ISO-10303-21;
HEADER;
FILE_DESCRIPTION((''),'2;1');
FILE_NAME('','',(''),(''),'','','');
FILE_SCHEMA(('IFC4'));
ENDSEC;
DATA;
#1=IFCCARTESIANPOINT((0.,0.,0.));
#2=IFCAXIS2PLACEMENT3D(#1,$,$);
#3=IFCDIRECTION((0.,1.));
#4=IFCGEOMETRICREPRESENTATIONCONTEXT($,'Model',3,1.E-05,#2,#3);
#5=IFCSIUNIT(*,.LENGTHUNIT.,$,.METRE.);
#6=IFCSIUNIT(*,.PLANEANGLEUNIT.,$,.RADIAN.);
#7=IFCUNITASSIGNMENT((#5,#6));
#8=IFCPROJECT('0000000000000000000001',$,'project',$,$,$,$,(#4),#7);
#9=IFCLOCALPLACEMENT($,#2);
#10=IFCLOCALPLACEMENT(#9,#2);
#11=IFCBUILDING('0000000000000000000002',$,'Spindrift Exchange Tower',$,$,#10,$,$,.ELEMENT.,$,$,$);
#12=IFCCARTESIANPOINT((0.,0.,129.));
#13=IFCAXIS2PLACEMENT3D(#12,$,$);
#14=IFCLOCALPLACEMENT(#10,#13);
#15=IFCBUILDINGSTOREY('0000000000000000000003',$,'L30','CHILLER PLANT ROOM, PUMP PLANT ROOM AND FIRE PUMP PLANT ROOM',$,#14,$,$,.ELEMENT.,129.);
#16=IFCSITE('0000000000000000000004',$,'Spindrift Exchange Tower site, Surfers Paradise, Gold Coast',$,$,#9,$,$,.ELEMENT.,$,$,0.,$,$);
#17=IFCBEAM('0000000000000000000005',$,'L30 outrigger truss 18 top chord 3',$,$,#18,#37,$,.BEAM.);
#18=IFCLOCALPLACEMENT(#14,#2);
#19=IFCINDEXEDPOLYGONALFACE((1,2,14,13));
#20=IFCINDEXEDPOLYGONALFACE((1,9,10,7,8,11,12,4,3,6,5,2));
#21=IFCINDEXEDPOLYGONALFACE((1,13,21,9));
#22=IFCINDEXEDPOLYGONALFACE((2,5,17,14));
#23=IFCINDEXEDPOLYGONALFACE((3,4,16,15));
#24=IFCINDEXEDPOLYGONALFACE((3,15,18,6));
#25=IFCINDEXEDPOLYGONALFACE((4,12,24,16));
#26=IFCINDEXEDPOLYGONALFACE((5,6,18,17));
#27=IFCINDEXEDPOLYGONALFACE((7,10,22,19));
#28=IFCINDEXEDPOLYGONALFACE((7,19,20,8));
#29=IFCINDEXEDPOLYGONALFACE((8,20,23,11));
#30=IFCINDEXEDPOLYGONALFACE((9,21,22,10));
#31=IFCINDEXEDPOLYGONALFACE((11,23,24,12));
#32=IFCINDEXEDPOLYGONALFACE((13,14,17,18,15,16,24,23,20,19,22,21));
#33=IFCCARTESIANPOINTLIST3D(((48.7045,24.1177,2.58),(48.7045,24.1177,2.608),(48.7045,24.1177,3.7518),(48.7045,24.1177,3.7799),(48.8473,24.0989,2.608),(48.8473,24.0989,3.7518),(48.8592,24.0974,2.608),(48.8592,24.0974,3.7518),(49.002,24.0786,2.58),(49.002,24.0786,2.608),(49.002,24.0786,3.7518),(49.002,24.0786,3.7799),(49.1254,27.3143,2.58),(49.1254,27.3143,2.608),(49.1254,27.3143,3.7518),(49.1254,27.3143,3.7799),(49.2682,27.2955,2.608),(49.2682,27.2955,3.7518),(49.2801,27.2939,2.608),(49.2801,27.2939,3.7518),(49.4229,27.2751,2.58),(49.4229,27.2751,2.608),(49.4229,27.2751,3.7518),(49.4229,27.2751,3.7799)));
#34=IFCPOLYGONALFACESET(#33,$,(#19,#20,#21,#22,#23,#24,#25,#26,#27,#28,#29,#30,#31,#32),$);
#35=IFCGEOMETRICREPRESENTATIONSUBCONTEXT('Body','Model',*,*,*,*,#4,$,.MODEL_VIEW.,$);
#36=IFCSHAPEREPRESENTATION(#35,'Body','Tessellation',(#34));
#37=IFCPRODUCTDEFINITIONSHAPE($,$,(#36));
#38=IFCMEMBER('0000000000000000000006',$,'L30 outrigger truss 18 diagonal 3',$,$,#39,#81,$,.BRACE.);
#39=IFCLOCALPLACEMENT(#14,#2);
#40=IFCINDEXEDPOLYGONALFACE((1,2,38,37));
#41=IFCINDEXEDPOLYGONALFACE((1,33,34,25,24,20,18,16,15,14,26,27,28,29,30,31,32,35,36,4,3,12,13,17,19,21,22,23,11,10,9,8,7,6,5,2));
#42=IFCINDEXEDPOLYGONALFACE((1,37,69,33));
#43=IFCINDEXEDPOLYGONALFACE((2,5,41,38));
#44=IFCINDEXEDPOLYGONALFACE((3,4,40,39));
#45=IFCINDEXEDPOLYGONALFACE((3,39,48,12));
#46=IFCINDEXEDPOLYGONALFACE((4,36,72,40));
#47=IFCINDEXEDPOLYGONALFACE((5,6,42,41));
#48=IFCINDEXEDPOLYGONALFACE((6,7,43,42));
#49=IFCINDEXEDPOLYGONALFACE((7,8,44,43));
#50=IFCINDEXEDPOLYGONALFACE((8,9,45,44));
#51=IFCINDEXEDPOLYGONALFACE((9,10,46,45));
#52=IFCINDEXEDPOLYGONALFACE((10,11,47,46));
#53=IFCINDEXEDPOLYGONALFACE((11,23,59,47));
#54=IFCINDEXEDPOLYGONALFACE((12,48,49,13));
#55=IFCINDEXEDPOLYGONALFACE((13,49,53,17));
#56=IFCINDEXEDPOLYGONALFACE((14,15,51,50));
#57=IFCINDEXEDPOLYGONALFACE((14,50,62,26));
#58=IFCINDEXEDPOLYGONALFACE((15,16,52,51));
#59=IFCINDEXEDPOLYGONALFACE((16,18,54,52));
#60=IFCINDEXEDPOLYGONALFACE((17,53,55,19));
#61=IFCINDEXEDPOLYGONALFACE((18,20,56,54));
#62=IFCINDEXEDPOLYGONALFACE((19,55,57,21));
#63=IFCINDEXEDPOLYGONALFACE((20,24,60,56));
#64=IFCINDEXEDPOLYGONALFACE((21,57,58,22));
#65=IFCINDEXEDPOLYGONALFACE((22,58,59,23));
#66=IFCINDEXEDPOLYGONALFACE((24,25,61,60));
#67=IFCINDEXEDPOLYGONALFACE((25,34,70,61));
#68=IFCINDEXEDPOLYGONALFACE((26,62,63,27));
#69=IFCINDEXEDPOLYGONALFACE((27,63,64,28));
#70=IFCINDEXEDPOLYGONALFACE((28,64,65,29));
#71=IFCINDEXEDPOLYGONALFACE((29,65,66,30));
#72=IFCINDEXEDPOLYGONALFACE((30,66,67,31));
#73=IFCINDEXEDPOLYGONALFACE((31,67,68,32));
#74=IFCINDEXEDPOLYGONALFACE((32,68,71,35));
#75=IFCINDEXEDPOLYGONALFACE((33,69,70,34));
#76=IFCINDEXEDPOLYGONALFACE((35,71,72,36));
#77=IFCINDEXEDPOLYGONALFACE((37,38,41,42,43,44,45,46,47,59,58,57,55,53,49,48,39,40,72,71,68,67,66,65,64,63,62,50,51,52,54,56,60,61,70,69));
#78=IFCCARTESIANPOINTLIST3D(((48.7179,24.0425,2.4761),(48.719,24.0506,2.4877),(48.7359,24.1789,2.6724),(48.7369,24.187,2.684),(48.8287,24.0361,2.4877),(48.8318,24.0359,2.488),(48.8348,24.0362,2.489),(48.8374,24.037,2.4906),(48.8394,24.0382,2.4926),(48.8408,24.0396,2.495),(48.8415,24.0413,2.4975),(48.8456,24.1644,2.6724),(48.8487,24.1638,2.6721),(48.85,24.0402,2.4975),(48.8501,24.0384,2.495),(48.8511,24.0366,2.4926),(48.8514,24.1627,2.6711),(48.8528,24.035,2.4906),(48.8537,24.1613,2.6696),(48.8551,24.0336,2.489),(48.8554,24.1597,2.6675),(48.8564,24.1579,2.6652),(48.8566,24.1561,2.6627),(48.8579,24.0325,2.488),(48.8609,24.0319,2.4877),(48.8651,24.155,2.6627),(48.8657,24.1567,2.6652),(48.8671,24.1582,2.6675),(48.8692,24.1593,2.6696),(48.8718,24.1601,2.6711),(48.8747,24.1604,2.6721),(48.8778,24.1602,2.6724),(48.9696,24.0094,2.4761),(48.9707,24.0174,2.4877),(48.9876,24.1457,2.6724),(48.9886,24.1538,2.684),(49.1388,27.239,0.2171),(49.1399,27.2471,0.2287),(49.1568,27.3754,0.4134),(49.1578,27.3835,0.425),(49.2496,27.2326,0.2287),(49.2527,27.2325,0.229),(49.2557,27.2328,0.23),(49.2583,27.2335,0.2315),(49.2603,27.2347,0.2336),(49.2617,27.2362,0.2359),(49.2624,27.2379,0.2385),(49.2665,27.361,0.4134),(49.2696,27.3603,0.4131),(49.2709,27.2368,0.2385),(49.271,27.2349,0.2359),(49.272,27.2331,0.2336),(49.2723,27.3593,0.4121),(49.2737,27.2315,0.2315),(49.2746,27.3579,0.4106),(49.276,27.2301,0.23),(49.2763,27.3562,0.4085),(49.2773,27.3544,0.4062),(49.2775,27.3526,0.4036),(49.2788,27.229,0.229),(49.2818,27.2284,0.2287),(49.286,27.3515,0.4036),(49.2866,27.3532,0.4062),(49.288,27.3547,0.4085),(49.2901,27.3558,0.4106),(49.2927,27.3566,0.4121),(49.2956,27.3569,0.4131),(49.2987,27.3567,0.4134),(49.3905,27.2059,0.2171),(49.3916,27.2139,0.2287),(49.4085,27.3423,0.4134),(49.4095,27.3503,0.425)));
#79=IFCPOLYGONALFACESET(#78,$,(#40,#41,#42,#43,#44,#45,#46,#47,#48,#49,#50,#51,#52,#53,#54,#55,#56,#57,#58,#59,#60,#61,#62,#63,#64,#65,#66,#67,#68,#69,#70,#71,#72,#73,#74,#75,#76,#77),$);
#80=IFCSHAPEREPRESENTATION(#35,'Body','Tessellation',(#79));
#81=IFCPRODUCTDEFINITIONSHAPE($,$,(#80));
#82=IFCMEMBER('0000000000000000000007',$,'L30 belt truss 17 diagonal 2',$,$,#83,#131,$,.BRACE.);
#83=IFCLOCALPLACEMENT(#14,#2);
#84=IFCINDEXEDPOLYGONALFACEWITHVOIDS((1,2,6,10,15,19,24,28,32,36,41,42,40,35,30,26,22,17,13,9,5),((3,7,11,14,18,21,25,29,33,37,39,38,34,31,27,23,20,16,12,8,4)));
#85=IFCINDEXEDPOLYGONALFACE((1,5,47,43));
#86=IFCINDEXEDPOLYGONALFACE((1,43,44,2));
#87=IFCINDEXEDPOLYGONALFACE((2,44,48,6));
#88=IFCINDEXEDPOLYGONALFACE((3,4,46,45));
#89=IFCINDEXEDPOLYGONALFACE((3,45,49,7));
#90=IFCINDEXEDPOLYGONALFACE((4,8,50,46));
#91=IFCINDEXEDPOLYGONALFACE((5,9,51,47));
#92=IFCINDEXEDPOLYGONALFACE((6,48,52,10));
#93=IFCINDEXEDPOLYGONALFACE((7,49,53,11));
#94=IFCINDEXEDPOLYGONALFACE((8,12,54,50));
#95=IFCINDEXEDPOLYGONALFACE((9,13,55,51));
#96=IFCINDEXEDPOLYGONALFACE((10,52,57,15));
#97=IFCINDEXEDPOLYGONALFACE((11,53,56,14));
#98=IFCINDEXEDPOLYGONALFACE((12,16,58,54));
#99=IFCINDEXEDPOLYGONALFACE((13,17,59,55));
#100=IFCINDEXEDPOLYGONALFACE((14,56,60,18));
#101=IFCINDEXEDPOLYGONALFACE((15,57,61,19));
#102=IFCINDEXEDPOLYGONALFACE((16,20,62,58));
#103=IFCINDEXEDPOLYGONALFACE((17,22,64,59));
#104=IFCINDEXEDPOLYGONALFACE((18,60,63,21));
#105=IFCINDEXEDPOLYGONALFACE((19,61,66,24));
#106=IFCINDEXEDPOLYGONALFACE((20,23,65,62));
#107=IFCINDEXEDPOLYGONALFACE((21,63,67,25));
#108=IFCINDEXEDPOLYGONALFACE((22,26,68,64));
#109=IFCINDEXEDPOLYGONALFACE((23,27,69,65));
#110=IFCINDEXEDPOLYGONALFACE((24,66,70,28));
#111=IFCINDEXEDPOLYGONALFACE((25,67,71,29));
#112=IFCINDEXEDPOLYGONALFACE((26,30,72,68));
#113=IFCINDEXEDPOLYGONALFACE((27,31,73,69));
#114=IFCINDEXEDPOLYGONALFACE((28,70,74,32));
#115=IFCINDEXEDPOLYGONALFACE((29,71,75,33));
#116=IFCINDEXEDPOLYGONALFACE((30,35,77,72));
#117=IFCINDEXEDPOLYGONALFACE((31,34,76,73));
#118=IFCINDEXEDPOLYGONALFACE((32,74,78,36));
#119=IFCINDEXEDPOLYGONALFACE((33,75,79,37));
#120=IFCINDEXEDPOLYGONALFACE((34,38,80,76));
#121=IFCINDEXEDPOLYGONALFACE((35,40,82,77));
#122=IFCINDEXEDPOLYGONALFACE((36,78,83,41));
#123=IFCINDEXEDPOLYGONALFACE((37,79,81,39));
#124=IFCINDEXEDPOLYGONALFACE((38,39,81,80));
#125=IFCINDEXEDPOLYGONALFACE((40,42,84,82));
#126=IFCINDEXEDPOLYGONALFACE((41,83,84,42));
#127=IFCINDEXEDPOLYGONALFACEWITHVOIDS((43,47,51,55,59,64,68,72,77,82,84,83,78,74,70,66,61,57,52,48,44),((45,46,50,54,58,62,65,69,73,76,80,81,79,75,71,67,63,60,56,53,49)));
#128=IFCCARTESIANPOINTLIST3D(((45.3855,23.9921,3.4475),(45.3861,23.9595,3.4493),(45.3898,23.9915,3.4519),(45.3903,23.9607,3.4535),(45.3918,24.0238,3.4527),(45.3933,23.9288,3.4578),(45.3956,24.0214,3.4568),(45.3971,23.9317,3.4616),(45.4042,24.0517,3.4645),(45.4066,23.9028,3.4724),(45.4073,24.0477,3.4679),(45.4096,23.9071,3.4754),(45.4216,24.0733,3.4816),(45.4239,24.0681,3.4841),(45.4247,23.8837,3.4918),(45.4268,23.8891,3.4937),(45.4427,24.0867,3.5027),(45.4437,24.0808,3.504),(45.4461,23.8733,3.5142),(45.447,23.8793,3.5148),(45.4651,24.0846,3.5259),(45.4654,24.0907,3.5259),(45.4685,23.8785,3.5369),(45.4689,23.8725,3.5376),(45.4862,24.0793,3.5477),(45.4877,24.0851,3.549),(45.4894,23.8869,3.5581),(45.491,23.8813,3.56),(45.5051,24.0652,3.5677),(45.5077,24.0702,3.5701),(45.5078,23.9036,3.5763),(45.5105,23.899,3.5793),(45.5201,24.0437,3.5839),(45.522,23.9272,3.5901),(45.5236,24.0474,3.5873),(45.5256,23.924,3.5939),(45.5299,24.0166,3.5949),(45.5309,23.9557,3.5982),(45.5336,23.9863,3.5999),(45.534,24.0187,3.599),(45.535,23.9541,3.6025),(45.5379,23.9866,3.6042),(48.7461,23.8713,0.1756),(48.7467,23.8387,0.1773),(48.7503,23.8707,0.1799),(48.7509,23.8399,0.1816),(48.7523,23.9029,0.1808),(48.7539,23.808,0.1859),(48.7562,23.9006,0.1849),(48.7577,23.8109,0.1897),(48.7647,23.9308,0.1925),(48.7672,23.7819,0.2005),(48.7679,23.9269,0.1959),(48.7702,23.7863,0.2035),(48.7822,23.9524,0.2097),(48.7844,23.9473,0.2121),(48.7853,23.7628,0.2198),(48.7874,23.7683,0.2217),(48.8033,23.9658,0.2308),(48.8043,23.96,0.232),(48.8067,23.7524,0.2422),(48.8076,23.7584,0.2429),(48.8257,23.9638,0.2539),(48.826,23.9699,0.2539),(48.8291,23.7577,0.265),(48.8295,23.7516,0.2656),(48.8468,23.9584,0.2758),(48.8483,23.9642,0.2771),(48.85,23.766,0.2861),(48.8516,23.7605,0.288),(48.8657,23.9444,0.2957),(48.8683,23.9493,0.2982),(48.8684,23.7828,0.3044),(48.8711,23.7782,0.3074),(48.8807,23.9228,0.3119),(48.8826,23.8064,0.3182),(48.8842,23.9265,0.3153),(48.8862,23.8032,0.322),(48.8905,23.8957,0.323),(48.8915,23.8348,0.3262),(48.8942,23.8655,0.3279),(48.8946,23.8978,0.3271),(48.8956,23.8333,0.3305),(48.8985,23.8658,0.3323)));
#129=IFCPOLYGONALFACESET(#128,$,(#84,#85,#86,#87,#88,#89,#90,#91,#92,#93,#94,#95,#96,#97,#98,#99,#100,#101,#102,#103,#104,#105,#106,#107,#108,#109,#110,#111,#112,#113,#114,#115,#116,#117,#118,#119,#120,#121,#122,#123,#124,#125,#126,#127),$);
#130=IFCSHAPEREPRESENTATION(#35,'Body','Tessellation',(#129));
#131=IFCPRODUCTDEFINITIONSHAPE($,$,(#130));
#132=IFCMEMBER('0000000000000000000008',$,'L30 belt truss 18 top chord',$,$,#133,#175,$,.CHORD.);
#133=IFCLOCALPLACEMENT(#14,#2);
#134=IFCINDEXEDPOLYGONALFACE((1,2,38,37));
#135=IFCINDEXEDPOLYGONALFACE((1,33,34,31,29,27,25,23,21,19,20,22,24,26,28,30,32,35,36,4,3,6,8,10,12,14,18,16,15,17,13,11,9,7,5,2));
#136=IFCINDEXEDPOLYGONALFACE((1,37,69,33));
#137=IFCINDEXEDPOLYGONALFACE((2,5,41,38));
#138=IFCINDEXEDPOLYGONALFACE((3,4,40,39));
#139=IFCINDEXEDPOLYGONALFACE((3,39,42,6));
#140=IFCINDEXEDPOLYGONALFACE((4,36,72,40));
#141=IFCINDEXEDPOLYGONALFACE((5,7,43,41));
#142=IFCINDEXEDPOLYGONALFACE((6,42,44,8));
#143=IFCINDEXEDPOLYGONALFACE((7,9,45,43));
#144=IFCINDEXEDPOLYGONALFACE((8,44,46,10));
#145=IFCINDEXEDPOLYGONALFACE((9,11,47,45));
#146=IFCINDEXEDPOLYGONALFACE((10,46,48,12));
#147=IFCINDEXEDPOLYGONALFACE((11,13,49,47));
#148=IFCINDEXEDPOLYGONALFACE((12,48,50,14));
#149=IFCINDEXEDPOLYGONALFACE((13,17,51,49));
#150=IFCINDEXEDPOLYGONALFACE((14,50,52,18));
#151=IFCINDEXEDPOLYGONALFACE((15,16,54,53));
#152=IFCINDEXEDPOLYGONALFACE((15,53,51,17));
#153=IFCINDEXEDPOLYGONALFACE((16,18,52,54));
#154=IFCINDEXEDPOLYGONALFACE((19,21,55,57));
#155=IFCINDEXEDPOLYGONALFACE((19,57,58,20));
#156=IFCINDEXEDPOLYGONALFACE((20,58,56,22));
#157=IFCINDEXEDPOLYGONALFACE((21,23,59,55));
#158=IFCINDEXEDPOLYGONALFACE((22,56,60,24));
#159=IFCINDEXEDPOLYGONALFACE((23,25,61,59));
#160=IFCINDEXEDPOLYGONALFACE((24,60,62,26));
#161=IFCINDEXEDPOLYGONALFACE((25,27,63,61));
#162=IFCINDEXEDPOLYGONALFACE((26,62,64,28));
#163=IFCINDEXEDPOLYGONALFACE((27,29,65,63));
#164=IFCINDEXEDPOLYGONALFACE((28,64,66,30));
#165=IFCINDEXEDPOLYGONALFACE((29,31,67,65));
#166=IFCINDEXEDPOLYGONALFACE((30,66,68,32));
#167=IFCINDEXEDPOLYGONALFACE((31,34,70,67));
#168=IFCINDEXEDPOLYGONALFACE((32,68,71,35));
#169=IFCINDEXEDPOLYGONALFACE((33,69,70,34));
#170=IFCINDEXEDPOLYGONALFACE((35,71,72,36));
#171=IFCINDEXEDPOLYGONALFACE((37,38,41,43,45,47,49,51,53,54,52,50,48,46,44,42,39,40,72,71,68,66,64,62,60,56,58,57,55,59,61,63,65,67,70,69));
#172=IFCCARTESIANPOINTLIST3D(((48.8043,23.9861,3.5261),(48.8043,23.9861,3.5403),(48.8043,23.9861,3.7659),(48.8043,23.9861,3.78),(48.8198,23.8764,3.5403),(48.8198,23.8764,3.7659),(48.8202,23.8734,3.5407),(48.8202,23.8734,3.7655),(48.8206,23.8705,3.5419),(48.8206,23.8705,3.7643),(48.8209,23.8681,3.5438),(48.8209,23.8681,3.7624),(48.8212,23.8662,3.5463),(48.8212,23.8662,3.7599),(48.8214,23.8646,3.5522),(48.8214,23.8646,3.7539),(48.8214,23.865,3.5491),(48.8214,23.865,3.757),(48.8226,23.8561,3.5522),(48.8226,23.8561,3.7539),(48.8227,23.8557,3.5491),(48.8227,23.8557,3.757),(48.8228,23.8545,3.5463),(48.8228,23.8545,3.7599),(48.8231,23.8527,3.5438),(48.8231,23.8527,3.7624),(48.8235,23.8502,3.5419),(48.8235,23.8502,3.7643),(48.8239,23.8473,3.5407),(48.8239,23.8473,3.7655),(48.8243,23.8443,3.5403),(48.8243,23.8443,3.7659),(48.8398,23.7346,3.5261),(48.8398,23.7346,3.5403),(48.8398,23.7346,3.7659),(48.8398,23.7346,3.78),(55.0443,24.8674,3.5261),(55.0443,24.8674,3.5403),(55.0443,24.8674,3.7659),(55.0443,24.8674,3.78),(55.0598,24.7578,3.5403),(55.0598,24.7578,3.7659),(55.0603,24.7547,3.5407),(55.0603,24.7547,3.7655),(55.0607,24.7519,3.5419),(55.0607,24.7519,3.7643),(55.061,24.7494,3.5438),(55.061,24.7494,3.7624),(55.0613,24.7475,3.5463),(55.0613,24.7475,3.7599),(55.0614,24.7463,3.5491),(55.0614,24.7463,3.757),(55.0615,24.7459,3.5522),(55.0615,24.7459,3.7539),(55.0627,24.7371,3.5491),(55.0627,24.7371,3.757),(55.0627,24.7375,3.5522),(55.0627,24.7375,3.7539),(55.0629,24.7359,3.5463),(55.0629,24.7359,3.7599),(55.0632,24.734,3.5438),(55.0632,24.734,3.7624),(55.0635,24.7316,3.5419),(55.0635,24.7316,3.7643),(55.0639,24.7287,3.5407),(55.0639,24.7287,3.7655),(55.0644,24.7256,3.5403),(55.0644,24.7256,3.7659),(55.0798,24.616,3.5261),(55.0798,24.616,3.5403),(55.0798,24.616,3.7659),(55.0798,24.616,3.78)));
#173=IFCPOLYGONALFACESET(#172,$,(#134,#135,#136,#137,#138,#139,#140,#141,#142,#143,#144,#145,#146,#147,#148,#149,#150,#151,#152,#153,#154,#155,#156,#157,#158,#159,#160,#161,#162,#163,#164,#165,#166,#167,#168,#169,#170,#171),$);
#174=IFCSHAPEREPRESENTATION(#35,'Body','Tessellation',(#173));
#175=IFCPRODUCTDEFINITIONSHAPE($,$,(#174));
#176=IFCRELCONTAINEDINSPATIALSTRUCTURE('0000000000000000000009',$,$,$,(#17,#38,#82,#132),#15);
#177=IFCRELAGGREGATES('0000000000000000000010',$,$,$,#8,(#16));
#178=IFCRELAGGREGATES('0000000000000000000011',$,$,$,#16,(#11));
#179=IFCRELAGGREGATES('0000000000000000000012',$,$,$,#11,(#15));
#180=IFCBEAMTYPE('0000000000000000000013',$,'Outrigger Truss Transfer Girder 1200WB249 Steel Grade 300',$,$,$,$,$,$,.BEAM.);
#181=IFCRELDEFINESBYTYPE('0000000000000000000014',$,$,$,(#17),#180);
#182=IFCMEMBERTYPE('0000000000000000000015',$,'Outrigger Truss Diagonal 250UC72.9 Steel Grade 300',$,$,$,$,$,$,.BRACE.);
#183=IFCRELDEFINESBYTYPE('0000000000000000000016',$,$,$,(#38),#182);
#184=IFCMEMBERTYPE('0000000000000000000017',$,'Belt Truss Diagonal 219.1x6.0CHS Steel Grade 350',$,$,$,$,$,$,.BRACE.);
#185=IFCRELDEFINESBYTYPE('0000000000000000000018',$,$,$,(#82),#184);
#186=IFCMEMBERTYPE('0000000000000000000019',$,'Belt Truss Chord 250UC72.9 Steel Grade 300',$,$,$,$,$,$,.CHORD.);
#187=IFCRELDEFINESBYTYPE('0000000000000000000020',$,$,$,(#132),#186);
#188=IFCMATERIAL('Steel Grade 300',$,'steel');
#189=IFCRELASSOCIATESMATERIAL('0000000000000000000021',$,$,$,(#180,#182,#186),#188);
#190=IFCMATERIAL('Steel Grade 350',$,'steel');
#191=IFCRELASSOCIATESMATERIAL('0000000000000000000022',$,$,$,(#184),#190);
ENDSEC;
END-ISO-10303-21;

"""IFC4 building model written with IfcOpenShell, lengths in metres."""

from ifc_helpers import new_model, si_unit, direction, frame, origin, origin_2d, place, context, subcontext, project, spatial, hollow_circle, i_section, extrude, source, transform, mapped, material, material_profile, profile_set, type_object, element, save


model = new_model("IFC4")

# Units and contexts
model_context = context("Model", 3, precision=1e-05, world=origin(), true_north=direction((0.0, 1.0)))
body_context = subcontext(model_context, "Body", "Model", "MODEL_VIEW")
ifc_project = project(units=[si_unit("LENGTHUNIT", "METRE"), si_unit("PLANEANGLEUNIT", "RADIAN")], contexts=[model_context])

# Site, building, storey
site_placement = place(None, origin())
site = spatial("IfcSite", under=ifc_project, at=site_placement, Name="Spindrift Exchange Tower site, Surfers Paradise, Gold Coast", CompositionType="ELEMENT", RefElevation=0.0)
building_placement = place(site_placement, origin())
building = spatial("IfcBuilding", under=site, at=building_placement, Name="Spindrift Exchange Tower", CompositionType="ELEMENT")
storey_placement = place(building_placement, frame((0.0, 0.0, 129.0)))
storey = spatial("IfcBuildingStorey", under=building, at=storey_placement, Name="L30", Description="CHILLER PLANT ROOM, PUMP PLANT ROOM AND FIRE PUMP PLANT ROOM", CompositionType="ELEMENT", Elevation=129.0)

# Shared definitions
ifc_material_1 = material(Name="Steel Grade 300", Category="steel")

# Shared definitions
ifc_material_profile_1 = material_profile(ifc_material_1, i_section(OverallWidth=0.3, OverallDepth=1.2, WebThickness=0.012, FlangeThickness=0.0281, at=origin_2d()), Name="1200WB249")
ifc_profile_set_1 = profile_set([ifc_material_profile_1], Name="Steel Grade 300")
beam_type_1 = type_object("IfcBeamType", Name="Outrigger Truss Transfer Girder 1200WB249 Steel Grade 300", PredefinedType="BEAM", material=ifc_profile_set_1)

# Shared definitions
ifc_material_profile_2 = material_profile(ifc_material_1, i_section(OverallWidth=0.2539, OverallDepth=0.2539, WebThickness=0.0085, FlangeThickness=0.0142, FilletRadius=0.012, at=origin_2d()), Name="250UC72.9")
ifc_profile_set_2 = profile_set([ifc_material_profile_2], Name="Steel Grade 300")
member_type_1 = type_object("IfcMemberType", Name="Outrigger Truss Diagonal 250UC72.9 Steel Grade 300", PredefinedType="BRACE", material=ifc_profile_set_2)

# Beam
shared_shape_1 = source(origin(), body_context, "Body", "SweptSolid", [
    extrude(i_section(OverallWidth=0.3, OverallDepth=1.2, WebThickness=0.012, FlangeThickness=0.0281, at=origin_2d()), origin(), (0.0, 0.0, 1.0), 3.2241),
])
beam_1_placement = place(storey_placement, frame((49.2742, 27.2947, 3.1799), z_axis=(-0.130547, -0.991442, 0.0), x_axis=(0.991442, -0.130547, 0.0)))
element("IfcBeam", 1, at=beam_1_placement, inside=storey, type_object=beam_type_1, Name="L30 outrigger truss 18 top chord 3", PredefinedType="BEAM", context=body_context, shape_type="MappedRepresentation", body=[
    mapped(shared_shape_1, transform((0.0, 0.0, 0.0), scale=1.0)),
])

# Members
shared_shape_2 = source(origin(), body_context, "Body", "SweptSolid", [
    extrude(i_section(OverallWidth=0.2539, OverallDepth=0.2539, WebThickness=0.0085, FlangeThickness=0.0142, FilletRadius=0.012, at=origin_2d()), origin(), (0.0, 0.0, 1.0), 3.9368),
])
member_1_placement = place(storey_placement, frame((49.2742, 27.2947, 0.321), z_axis=(-0.106914, -0.811967, 0.573828), x_axis=(0.991442, -0.130547, 0.0)))
element("IfcMember", 2, at=member_1_placement, inside=storey, type_object=member_type_1, Name="L30 outrigger truss 18 diagonal 3", PredefinedType="BRACE", context=body_context, shape_type="MappedRepresentation", body=[
    mapped(shared_shape_2, transform((0.0, 0.0, 0.0), scale=1.0)),
])
ifc_material_2 = material(Name="Steel Grade 350", Category="steel")
ifc_material_profile_3 = material_profile(ifc_material_2, hollow_circle(Radius=0.1096, WallThickness=0.0061, at=origin_2d()), Name="219.1x6.0CHS")
ifc_profile_set_3 = profile_set([ifc_material_profile_3], Name="Steel Grade 350")
member_type_2 = type_object("IfcMemberType", Name="Belt Truss Diagonal 219.1x6.0CHS Steel Grade 350", PredefinedType="BRACE", material=ifc_profile_set_3)
shared_shape_3 = source(origin(), body_context, "Body", "SweptSolid", [
    extrude(hollow_circle(Radius=0.1096, WallThickness=0.0061, at=origin_2d()), origin(), (0.0, 0.0, 1.0), 4.6919),
])
member_2_placement = place(storey_placement, frame((45.4614, 23.9812, 3.5259), z_axis=(0.716253, -0.025757, -0.697365), x_axis=(0.035938, 0.999354, 0.0)))
element("IfcMember", 3, at=member_2_placement, inside=storey, type_object=member_type_2, Name="L30 belt truss 17 diagonal 2", PredefinedType="BRACE", context=body_context, shape_type="MappedRepresentation", body=[
    mapped(shared_shape_3, transform((0.0, 0.0, 0.0), scale=1.0)),
])
ifc_material_profile_4 = material_profile(ifc_material_1, i_section(OverallWidth=0.2539, OverallDepth=0.2539, WebThickness=0.0085, FlangeThickness=0.0142, FilletRadius=0.012, at=origin_2d()), Name="250UC72.9")
ifc_profile_set_4 = profile_set([ifc_material_profile_4], Name="Steel Grade 300")
member_type_3 = type_object("IfcMemberType", Name="Belt Truss Chord 250UC72.9 Steel Grade 300", PredefinedType="CHORD", material=ifc_profile_set_4)
shared_shape_4 = source(origin(), body_context, "Body", "SweptSolid", [
    extrude(i_section(OverallWidth=0.2539, OverallDepth=0.2539, WebThickness=0.0085, FlangeThickness=0.0142, FilletRadius=0.012, at=origin_2d()), origin(), (0.0, 0.0, 1.0), 6.302),
])
for number, where, z_axis, x_axis, name in (
    (4, (48.822, 23.8604, 3.6531), (0.990172, 0.139854, 0.0), (-0.139854, 0.990172, 0.0), "L30 belt truss 18 top chord"),
):
    element("IfcMember", number, at=place(storey_placement, frame(where, z_axis=z_axis, x_axis=x_axis)), inside=storey, type_object=member_type_3, Name=name, PredefinedType="CHORD", context=body_context, shape_type="MappedRepresentation", body=[
        mapped(shared_shape_4, transform((0.0, 0.0, 0.0), scale=1.0)),
    ])

save(model, "model.ifc")
